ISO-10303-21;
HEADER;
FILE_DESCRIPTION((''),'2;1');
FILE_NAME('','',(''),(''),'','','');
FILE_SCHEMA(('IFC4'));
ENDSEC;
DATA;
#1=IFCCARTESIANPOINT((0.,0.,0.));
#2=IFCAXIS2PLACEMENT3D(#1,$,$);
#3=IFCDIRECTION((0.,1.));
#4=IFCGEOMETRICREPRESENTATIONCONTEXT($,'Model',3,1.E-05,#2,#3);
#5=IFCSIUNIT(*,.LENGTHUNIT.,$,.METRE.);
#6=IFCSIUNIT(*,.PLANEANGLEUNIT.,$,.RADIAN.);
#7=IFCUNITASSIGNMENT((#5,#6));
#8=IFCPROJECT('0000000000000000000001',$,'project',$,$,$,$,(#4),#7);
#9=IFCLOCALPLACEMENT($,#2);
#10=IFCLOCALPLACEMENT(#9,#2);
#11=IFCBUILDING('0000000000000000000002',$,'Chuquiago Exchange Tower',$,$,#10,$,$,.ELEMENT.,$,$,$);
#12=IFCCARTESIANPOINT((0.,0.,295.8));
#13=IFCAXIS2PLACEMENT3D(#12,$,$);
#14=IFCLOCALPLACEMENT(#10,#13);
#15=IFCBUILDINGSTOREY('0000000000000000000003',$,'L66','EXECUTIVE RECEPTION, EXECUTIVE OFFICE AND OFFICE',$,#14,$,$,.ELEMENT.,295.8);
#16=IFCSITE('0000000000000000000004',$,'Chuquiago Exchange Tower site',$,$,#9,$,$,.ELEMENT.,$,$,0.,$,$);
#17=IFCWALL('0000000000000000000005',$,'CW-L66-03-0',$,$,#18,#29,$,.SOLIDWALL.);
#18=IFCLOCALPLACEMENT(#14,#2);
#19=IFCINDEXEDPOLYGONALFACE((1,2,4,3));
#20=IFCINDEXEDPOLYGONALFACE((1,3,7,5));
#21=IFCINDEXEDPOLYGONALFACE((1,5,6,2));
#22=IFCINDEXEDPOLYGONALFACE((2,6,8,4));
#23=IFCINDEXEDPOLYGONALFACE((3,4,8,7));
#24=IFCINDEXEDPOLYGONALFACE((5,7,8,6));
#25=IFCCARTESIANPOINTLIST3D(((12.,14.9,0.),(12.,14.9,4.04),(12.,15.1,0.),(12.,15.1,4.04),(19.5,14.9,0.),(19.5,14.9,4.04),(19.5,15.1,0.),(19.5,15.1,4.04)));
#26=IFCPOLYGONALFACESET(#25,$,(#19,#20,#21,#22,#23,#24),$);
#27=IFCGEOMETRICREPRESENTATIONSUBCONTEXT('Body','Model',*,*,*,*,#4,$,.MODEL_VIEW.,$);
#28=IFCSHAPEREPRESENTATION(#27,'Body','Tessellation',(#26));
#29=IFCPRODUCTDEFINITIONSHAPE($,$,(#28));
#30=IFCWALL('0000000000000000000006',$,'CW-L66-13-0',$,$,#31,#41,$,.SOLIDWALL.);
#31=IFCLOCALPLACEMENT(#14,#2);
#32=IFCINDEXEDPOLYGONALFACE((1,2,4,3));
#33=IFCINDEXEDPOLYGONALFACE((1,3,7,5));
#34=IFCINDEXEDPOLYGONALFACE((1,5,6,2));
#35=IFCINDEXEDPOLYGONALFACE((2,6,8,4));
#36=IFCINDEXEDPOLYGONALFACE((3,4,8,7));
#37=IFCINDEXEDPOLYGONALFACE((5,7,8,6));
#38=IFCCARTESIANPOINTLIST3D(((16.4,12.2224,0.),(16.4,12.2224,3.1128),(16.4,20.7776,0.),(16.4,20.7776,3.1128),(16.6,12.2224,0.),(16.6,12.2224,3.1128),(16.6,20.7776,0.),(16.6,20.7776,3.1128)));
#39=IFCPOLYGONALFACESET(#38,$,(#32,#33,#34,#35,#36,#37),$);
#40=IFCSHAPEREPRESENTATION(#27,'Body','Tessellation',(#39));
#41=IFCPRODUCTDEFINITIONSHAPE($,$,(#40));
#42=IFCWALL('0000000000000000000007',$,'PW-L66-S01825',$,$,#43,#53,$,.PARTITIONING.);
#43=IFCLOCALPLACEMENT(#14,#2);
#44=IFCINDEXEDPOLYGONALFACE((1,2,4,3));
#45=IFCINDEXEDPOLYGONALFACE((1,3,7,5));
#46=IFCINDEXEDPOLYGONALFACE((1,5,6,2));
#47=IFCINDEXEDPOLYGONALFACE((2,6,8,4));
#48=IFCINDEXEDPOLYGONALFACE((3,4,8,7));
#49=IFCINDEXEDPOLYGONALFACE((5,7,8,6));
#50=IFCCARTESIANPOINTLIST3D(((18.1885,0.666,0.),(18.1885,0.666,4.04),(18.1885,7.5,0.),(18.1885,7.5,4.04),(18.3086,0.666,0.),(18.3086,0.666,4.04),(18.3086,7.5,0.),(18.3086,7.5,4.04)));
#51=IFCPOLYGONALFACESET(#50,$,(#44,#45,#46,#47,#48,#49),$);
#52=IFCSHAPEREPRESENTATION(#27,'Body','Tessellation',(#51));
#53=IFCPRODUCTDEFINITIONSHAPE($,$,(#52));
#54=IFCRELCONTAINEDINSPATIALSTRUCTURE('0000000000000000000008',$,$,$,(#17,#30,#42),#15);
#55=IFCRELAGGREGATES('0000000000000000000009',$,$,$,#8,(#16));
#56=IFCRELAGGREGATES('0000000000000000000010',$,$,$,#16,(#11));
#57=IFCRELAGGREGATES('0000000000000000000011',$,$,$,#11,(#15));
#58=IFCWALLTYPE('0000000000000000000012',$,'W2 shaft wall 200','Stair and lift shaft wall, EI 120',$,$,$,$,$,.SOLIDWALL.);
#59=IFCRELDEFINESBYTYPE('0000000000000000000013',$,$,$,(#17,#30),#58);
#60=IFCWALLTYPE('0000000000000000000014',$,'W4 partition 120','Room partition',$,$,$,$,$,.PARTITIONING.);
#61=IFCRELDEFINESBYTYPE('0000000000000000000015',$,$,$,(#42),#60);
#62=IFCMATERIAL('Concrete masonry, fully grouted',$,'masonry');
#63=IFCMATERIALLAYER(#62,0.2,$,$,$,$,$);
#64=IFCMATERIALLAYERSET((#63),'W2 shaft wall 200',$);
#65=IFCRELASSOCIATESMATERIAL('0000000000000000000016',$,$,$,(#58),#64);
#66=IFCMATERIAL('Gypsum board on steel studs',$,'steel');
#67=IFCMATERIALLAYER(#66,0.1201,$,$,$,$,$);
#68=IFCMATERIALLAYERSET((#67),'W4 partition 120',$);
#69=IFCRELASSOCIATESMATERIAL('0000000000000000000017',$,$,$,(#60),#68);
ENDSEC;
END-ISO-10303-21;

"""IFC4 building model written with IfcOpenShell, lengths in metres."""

from ifc_helpers import new_model, si_unit, direction, frame, frame_2d, origin, place, context, subcontext, project, spatial, rectangle, extrude, material, layer, layer_set, type_object, element, save


model = new_model("IFC4")

# Units and contexts
model_context = context("Model", 3, precision=1e-05, world=origin(), true_north=direction((0.0, 1.0)))
body_context = subcontext(model_context, "Body", "Model", "MODEL_VIEW")
ifc_project = project(units=[si_unit("LENGTHUNIT", "METRE"), si_unit("PLANEANGLEUNIT", "RADIAN")], contexts=[model_context])

# Site, building, storey
site_placement = place(None, origin())
site = spatial("IfcSite", under=ifc_project, at=site_placement, Name="Chuquiago Exchange Tower site", CompositionType="ELEMENT", RefElevation=0.0)
building_placement = place(site_placement, origin())
building = spatial("IfcBuilding", under=site, at=building_placement, Name="Chuquiago Exchange Tower", CompositionType="ELEMENT")
storey_placement = place(building_placement, frame((0.0, 0.0, 295.8)))
storey = spatial("IfcBuildingStorey", under=building, at=storey_placement, Name="L66", Description="EXECUTIVE RECEPTION, EXECUTIVE OFFICE AND OFFICE", CompositionType="ELEMENT", Elevation=295.8)

# Walls
ifc_material_1 = material(Name="Concrete masonry, fully grouted", Category="masonry")
ifc_layer_1 = layer(ifc_material_1, 0.2)
ifc_layer_set_1 = layer_set([ifc_layer_1], Name="W2 shaft wall 200")
wall_type_1 = type_object("IfcWallType", Name="W2 shaft wall 200", Description="Stair and lift shaft wall, EI 120", PredefinedType="SOLIDWALL", material=ifc_layer_set_1)
wall_1_placement = place(storey_placement, frame((12.0, 15.0, 0.0), z_axis=(0.0, 0.0, 1.0), x_axis=(1.0, 0.0, 0.0)))
element("IfcWall", 1, at=wall_1_placement, inside=storey, type_object=wall_type_1, Name="CW-L66-03-0", PredefinedType="SOLIDWALL", context=body_context, shape_type="SweptSolid", body=[
    extrude(rectangle(XDim=7.5, YDim=0.2, at=frame_2d((3.75, 0.0))), origin(), (0.0, 0.0, 1.0), 4.04),
])
wall_2_placement = place(storey_placement, frame((16.5, 12.2224, 0.0), z_axis=(0.0, 0.0, 1.0), x_axis=(0.0, 1.0, 0.0)))
element("IfcWall", 2, at=wall_2_placement, inside=storey, type_object=wall_type_1, Name="CW-L66-13-0", PredefinedType="SOLIDWALL", context=body_context, shape_type="SweptSolid", body=[
    extrude(rectangle(XDim=8.5552, YDim=0.2, at=frame_2d((4.2776, 0.0))), origin(), (0.0, 0.0, 1.0), 3.1128),
])
ifc_material_2 = material(Name="Gypsum board on steel studs", Category="steel")
ifc_layer_2 = layer(ifc_material_2, 0.1201)
ifc_layer_set_2 = layer_set([ifc_layer_2], Name="W4 partition 120")
wall_type_2 = type_object("IfcWallType", Name="W4 partition 120", Description="Room partition", PredefinedType="PARTITIONING", material=ifc_layer_set_2)
wall_3_placement = place(storey_placement, frame((18.2485, 0.666, 0.0), z_axis=(0.0, 0.0, 1.0), x_axis=(0.0, 1.0, 0.0)))
element("IfcWall", 3, at=wall_3_placement, inside=storey, type_object=wall_type_2, Name="PW-L66-S01825", PredefinedType="PARTITIONING", context=body_context, shape_type="SweptSolid", body=[
    extrude(rectangle(XDim=6.834, YDim=0.1201, at=frame_2d((3.417, 0.0))), origin(), (0.0, 0.0, 1.0), 4.04),
])

save(model, "model.ifc")
